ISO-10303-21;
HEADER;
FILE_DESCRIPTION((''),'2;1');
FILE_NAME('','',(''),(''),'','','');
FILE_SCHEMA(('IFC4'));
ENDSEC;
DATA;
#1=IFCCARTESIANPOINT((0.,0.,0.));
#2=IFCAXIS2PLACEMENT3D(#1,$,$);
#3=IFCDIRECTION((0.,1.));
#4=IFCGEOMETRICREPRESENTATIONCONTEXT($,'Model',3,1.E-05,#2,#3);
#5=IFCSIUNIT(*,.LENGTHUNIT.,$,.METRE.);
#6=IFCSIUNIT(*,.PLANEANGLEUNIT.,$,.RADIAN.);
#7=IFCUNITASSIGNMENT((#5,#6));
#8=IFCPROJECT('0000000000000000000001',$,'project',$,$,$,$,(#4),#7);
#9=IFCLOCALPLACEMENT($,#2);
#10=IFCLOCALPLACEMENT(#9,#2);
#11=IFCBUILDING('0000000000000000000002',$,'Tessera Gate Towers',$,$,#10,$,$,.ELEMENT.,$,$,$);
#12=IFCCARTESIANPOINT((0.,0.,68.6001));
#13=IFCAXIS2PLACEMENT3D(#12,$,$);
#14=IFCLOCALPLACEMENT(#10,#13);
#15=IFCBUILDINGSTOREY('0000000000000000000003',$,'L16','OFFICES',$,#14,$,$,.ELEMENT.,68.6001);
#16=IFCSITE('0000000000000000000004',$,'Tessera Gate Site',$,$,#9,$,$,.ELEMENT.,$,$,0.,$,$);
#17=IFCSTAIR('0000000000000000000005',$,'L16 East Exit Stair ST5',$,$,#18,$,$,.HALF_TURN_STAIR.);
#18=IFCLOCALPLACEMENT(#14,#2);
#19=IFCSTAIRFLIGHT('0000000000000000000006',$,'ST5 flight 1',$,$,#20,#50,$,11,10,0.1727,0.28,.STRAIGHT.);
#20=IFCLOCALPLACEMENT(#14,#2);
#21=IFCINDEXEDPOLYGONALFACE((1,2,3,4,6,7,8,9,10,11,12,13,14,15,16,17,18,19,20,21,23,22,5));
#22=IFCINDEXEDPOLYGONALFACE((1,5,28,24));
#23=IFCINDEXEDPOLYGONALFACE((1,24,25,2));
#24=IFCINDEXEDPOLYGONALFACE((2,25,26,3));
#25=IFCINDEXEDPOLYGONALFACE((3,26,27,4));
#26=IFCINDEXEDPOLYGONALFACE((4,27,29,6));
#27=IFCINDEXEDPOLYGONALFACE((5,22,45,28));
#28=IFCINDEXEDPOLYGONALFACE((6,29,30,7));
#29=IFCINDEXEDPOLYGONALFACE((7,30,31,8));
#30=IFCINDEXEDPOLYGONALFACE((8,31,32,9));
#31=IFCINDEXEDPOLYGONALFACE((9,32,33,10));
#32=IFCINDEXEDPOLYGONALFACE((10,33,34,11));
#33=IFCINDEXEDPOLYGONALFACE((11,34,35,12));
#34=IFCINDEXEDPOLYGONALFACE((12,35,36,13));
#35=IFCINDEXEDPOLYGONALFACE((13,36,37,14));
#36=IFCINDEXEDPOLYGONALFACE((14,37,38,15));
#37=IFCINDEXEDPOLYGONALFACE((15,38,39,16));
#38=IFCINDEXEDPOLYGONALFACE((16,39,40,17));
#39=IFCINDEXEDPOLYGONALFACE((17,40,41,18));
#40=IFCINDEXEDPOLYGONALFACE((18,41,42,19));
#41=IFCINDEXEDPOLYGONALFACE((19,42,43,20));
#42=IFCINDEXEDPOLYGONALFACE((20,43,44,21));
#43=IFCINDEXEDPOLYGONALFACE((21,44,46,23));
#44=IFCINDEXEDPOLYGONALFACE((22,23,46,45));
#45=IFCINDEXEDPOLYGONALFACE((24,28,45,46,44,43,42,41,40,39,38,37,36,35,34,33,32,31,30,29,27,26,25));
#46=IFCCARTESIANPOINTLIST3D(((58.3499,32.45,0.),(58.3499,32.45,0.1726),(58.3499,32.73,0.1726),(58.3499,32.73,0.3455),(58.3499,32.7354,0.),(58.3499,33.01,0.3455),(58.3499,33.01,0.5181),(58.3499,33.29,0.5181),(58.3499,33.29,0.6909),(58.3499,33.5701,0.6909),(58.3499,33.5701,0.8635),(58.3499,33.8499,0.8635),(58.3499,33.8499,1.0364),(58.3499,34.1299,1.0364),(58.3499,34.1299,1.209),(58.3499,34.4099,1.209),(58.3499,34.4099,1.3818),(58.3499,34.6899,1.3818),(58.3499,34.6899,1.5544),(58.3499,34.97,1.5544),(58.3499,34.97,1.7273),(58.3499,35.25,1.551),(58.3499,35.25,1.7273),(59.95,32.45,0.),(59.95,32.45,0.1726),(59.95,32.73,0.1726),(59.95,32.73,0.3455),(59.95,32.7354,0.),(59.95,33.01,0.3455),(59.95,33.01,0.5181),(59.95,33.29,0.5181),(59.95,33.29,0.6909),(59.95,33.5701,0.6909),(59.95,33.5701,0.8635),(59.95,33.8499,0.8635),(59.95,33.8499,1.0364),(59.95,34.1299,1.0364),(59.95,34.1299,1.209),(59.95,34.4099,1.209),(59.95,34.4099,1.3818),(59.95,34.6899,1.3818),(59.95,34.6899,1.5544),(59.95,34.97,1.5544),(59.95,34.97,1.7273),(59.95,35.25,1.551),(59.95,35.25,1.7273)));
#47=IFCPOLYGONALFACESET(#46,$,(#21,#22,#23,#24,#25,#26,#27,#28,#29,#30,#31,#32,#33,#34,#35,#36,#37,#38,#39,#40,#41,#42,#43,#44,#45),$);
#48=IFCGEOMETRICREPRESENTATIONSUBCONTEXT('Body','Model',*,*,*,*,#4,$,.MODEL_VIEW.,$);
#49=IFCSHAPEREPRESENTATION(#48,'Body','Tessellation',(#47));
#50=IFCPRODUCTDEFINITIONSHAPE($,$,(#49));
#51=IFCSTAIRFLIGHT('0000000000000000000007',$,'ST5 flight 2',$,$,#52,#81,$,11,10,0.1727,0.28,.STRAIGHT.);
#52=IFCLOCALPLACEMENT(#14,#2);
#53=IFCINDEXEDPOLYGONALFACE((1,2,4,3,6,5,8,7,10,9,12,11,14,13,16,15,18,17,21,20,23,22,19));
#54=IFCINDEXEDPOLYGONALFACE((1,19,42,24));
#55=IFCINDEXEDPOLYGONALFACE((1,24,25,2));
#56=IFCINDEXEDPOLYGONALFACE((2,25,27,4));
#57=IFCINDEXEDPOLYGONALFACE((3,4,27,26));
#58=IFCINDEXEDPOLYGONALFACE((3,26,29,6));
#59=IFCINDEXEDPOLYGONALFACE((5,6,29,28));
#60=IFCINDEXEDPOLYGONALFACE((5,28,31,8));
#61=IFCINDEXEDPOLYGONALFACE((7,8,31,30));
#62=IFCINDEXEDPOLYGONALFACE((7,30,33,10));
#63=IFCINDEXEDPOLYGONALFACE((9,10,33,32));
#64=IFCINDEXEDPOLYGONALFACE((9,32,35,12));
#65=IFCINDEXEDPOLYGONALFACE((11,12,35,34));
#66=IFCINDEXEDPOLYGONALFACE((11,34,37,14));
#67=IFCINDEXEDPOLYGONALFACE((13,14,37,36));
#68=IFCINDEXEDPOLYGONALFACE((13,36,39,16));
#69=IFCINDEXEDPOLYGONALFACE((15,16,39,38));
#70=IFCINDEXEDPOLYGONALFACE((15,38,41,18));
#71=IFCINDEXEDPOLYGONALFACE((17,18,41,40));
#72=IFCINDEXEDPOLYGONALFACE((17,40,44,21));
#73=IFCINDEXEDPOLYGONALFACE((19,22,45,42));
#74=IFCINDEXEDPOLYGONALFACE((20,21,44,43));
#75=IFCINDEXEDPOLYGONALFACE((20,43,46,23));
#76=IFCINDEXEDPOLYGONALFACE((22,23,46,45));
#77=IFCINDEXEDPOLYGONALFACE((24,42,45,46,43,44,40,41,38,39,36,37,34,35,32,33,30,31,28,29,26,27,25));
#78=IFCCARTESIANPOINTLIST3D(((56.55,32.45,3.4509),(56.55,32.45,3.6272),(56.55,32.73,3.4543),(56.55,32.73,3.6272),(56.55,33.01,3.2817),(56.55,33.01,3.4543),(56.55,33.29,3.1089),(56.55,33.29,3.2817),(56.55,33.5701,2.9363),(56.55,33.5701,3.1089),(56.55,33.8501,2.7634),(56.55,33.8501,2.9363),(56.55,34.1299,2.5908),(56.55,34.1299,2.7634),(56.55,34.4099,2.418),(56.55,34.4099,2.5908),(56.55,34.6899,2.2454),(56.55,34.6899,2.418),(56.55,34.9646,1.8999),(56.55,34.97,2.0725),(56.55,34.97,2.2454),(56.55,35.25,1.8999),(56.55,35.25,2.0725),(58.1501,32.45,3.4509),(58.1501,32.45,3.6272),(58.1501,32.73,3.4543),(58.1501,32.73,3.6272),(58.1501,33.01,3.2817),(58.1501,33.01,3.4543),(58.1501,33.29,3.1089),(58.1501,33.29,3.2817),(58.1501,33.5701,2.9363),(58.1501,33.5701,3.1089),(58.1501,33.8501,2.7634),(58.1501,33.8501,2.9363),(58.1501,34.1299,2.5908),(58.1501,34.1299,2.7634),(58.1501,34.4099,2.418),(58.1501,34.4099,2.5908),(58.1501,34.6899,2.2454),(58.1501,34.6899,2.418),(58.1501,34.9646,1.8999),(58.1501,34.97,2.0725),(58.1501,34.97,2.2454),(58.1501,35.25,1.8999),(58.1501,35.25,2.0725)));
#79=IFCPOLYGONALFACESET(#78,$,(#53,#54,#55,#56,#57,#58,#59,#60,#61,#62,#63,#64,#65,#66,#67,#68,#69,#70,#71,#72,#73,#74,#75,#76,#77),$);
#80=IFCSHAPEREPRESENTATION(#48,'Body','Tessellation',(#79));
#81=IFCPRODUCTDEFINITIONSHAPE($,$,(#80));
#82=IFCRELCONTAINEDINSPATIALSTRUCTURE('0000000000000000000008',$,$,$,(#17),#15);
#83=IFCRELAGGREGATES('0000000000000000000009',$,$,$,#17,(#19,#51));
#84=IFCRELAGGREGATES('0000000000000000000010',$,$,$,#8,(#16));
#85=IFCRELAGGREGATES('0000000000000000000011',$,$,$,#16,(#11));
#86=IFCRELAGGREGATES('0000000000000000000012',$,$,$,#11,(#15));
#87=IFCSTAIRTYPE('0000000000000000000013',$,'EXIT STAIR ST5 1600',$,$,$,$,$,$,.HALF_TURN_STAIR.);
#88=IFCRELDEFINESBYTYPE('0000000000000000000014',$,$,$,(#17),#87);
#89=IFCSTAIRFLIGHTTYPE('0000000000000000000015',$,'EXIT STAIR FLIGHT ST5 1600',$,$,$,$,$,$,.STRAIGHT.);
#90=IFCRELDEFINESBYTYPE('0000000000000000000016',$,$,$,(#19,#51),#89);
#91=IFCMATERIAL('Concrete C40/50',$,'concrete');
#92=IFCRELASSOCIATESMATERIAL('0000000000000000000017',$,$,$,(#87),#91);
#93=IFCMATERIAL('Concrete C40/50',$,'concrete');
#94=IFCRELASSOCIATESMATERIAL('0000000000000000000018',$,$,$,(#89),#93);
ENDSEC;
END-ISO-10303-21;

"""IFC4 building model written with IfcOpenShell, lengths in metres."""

from ifc_helpers import new_model, si_unit, direction, frame, origin, place, context, subcontext, project, spatial, polyline, outline, extrude, material, type_object, element, aggregate, save


model = new_model("IFC4")

# Units and contexts
model_context = context("Model", 3, precision=1e-05, world=origin(), true_north=direction((0.0, 1.0)))
body_context = subcontext(model_context, "Body", "Model", "MODEL_VIEW")
ifc_project = project(units=[si_unit("LENGTHUNIT", "METRE"), si_unit("PLANEANGLEUNIT", "RADIAN")], contexts=[model_context])

# Site, building, storey
site_placement = place(None, origin())
site = spatial("IfcSite", under=ifc_project, at=site_placement, Name="Tessera Gate Site", CompositionType="ELEMENT", RefElevation=0.0)
building_placement = place(site_placement, origin())
building = spatial("IfcBuilding", under=site, at=building_placement, Name="Tessera Gate Towers", CompositionType="ELEMENT")
storey_placement = place(building_placement, frame((0.0, 0.0, 68.6001)))
storey = spatial("IfcBuildingStorey", under=building, at=storey_placement, Name="L16", Description="OFFICES", CompositionType="ELEMENT", Elevation=68.6001)

# Stair, stair flights
ifc_material_1 = material(Name="Concrete C40/50", Category="concrete")
stair_type = type_object("IfcStairType", Name="EXIT STAIR ST5 1600", PredefinedType="HALF_TURN_STAIR", material=ifc_material_1)
stair_placement = place(storey_placement, origin())
stair = element("IfcStair", 1, at=stair_placement, inside=storey, type_object=stair_type, Name="L16 East Exit Stair ST5", PredefinedType="HALF_TURN_STAIR")
ifc_material_2 = material(Name="Concrete C40/50", Category="concrete")
stair_flight_type = type_object("IfcStairFlightType", Name="EXIT STAIR FLIGHT ST5 1600", PredefinedType="STRAIGHT", material=ifc_material_2)
stair_flight_1_placement = place(storey_placement, frame((59.1499, 32.45, 0.0), z_axis=(0.0, 0.0, 1.0), x_axis=(0.0, 1.0, 0.0)))
stair_flight_1 = element("IfcStairFlight", 2, at=stair_flight_1_placement, type_object=stair_flight_type, Name="ST5 flight 1", NumberOfRisers=11, NumberOfTreads=10, PredefinedType="STRAIGHT", RiserHeight=0.1727, TreadLength=0.28, context=body_context, shape_type="SweptSolid", body=[
    extrude(outline(polyline([(0.0, 0.0), (0.0, 0.1726), (0.28, 0.1726), (0.28, 0.3455), (0.5601, 0.3455), (0.5601, 0.5181), (0.8401, 0.5181), (0.8401, 0.6909), (1.1201, 0.6909), (1.1201, 0.8635), (1.3999, 0.8635), (1.3999, 1.0364), (1.6799, 1.0364), (1.6799, 1.209), (1.96, 1.209), (1.96, 1.3818), (2.24, 1.3818), (2.24, 1.5544), (2.52, 1.5544), (2.52, 1.7273), (2.8, 1.7273), (2.8, 1.8999), (2.8, 1.551), (0.2854, 0.0), (0.0, 0.0)])), frame((0.0, 0.8, 0.0), z_axis=(0.0, -1.0, 0.0), x_axis=(1.0, 0.0, 0.0)), (0.0, 0.0, 1.0), 1.6001),
])
stair_flight_2_placement = place(storey_placement, frame((57.3501, 35.25, 1.8999), z_axis=(0.0, 0.0, 1.0), x_axis=(0.0, -1.0, 0.0)))
stair_flight_2 = element("IfcStairFlight", 3, at=stair_flight_2_placement, type_object=stair_flight_type, Name="ST5 flight 2", NumberOfRisers=11, NumberOfTreads=10, PredefinedType="STRAIGHT", RiserHeight=0.1727, TreadLength=0.28, context=body_context, shape_type="SweptSolid", body=[
    extrude(outline(polyline([(0.0, 0.0), (0.0, 0.1726), (0.28, 0.1726), (0.28, 0.3455), (0.5601, 0.3455), (0.5601, 0.5181), (0.8401, 0.5181), (0.8401, 0.6909), (1.1201, 0.6909), (1.1201, 0.8635), (1.3999, 0.8635), (1.3999, 1.0364), (1.6799, 1.0364), (1.6799, 1.209), (1.96, 1.209), (1.96, 1.3818), (2.24, 1.3818), (2.24, 1.5544), (2.52, 1.5544), (2.52, 1.7273), (2.8, 1.7273), (2.8, 1.8999), (2.8, 1.551), (0.2854, 0.0), (0.0, 0.0)])), frame((0.0, 0.8, 0.0), z_axis=(0.0, -1.0, 0.0), x_axis=(1.0, 0.0, 0.0)), (0.0, 0.0, 1.0), 1.6001),
])
aggregate(stair, [stair_flight_1, stair_flight_2])

save(model, "model.ifc")
